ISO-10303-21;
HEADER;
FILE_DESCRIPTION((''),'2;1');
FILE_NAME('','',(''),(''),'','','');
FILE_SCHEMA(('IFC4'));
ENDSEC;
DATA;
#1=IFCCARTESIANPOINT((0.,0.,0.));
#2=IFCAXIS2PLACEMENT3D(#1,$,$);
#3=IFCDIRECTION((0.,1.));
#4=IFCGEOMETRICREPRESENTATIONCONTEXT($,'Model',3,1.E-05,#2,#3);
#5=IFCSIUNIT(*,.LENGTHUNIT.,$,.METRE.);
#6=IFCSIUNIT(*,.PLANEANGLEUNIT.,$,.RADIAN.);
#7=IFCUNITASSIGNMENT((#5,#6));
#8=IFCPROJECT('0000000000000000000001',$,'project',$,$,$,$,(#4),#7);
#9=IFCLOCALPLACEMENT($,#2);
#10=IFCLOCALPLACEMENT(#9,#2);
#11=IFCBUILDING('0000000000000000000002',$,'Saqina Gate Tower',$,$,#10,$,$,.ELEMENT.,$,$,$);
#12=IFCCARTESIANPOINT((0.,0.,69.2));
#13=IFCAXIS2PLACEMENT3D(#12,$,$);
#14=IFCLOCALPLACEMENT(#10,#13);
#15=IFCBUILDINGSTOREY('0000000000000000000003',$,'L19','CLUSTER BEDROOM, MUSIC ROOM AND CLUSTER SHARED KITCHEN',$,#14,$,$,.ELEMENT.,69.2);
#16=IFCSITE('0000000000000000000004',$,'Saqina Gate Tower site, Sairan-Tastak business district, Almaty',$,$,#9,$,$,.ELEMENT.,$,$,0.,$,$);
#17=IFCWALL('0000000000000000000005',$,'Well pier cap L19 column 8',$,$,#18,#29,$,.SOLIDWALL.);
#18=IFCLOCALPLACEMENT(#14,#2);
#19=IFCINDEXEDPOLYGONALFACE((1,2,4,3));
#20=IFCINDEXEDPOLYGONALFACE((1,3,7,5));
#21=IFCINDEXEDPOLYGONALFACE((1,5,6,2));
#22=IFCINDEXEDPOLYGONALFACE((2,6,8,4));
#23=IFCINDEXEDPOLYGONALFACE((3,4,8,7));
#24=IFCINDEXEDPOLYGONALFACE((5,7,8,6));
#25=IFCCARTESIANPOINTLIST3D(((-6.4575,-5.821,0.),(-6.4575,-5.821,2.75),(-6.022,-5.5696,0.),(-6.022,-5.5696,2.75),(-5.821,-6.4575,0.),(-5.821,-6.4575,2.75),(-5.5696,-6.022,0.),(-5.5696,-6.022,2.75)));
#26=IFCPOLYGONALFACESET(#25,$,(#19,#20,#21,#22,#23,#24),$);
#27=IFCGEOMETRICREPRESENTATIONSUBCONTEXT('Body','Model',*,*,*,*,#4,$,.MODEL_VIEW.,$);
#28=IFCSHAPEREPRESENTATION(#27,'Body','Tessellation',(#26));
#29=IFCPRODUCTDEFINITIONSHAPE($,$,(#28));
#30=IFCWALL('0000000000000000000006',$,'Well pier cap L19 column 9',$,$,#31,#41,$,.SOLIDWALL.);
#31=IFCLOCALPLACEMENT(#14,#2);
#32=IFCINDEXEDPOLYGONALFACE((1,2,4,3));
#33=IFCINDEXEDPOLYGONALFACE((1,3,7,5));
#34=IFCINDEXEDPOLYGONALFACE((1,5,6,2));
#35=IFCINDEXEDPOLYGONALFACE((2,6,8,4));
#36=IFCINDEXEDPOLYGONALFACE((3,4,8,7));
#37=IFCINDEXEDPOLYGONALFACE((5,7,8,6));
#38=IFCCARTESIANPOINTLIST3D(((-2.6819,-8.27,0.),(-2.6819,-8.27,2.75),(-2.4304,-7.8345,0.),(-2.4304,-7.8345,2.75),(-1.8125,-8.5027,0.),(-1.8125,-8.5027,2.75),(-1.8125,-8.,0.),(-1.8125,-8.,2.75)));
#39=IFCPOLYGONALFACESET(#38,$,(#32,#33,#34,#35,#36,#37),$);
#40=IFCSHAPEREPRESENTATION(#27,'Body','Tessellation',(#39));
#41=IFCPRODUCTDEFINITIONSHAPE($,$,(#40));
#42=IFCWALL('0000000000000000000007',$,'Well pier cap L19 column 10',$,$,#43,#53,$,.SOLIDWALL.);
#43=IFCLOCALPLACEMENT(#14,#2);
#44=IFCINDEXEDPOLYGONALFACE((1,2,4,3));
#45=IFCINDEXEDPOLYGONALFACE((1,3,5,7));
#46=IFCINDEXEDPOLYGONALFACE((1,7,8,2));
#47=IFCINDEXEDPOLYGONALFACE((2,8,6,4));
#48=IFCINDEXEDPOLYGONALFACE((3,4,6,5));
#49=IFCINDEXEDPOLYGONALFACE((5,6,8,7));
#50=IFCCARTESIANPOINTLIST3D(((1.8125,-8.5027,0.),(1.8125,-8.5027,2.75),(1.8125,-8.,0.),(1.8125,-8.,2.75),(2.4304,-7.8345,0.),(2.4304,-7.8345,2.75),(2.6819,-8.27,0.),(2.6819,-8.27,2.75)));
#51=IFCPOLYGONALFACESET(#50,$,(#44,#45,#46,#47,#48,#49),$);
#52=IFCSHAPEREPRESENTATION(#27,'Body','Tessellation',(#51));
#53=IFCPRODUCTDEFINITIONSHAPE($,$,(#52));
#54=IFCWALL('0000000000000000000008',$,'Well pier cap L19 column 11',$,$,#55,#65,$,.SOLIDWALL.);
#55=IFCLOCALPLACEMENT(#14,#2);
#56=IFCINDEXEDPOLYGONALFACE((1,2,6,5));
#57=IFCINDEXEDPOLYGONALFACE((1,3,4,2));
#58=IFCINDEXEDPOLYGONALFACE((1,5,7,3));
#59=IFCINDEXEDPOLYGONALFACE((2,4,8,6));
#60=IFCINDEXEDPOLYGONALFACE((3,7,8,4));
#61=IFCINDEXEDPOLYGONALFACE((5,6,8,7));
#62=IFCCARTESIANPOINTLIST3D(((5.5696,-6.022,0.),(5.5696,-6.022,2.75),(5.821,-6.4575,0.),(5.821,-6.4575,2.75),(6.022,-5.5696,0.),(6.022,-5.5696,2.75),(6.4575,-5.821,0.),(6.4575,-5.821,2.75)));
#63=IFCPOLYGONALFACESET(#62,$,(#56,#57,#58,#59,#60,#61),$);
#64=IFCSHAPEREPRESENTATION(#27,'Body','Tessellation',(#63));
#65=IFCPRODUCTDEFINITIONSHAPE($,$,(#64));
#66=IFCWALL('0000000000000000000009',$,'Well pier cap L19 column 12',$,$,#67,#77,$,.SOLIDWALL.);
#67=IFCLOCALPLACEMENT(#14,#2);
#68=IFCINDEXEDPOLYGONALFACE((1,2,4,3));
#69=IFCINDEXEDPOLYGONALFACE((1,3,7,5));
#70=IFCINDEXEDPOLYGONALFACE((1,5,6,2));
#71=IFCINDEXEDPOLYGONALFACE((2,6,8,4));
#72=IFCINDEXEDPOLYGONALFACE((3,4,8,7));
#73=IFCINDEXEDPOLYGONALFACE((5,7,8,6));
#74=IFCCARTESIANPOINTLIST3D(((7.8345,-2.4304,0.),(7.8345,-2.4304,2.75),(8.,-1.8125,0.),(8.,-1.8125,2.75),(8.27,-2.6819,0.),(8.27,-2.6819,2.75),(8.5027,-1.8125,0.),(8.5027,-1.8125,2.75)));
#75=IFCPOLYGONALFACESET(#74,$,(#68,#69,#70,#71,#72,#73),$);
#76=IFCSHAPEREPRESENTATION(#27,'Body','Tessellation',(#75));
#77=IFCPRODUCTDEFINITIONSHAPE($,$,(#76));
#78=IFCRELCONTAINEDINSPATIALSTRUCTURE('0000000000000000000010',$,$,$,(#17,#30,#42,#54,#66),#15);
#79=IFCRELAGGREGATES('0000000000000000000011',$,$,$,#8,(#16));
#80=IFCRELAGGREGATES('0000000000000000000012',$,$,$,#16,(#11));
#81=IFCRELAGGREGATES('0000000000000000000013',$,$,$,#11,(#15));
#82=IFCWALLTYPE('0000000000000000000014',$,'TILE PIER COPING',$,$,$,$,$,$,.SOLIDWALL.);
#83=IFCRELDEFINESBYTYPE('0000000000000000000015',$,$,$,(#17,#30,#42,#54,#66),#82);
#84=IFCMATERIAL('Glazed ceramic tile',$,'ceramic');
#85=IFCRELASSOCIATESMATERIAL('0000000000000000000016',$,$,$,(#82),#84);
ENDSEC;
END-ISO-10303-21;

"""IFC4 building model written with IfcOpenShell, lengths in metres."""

from ifc_helpers import new_model, si_unit, direction, frame, origin, place, context, subcontext, project, spatial, polyline, outline, extrude, material, type_object, element, save


model = new_model("IFC4")

# Units and contexts
model_context = context("Model", 3, precision=1e-05, world=origin(), true_north=direction((0.0, 1.0)))
body_context = subcontext(model_context, "Body", "Model", "MODEL_VIEW")
ifc_project = project(units=[si_unit("LENGTHUNIT", "METRE"), si_unit("PLANEANGLEUNIT", "RADIAN")], contexts=[model_context])

# Site, building, storey
site_placement = place(None, origin())
site = spatial("IfcSite", under=ifc_project, at=site_placement, Name="Saqina Gate Tower site, Sairan-Tastak business district, Almaty", CompositionType="ELEMENT", RefElevation=0.0)
building_placement = place(site_placement, origin())
building = spatial("IfcBuilding", under=site, at=building_placement, Name="Saqina Gate Tower", CompositionType="ELEMENT")
storey_placement = place(building_placement, frame((0.0, 0.0, 69.2)))
storey = spatial("IfcBuildingStorey", under=building, at=storey_placement, Name="L19", Description="CLUSTER BEDROOM, MUSIC ROOM AND CLUSTER SHARED KITCHEN", CompositionType="ELEMENT", Elevation=69.2)

# Walls
ifc_material_1 = material(Name="Glazed ceramic tile", Category="ceramic")
wall_type_1 = type_object("IfcWallType", Name="TILE PIER COPING", PredefinedType="SOLIDWALL", material=ifc_material_1)
wall_1_placement = place(storey_placement, origin())
element("IfcWall", 1, at=wall_1_placement, inside=storey, type_object=wall_type_1, Name="Well pier cap L19 column 8", PredefinedType="SOLIDWALL", context=body_context, shape_type="SweptSolid", body=[
    extrude(outline(polyline([(-6.4575, -5.821), (-5.821, -6.4575), (-5.5696, -6.022), (-6.022, -5.5696), (-6.4575, -5.821)])), origin(), (0.0, 0.0, 1.0), 2.75),
])
wall_2_placement = place(storey_placement, origin())
element("IfcWall", 2, at=wall_2_placement, inside=storey, type_object=wall_type_1, Name="Well pier cap L19 column 9", PredefinedType="SOLIDWALL", context=body_context, shape_type="SweptSolid", body=[
    extrude(outline(polyline([(-1.8125, -8.5027), (-1.8125, -8.0), (-2.4304, -7.8345), (-2.6819, -8.27), (-1.8125, -8.5027)])), origin(), (0.0, 0.0, 1.0), 2.75),
])
wall_3_placement = place(storey_placement, origin())
element("IfcWall", 3, at=wall_3_placement, inside=storey, type_object=wall_type_1, Name="Well pier cap L19 column 10", PredefinedType="SOLIDWALL", context=body_context, shape_type="SweptSolid", body=[
    extrude(outline(polyline([(2.6819, -8.27), (2.4304, -7.8345), (1.8125, -8.0), (1.8125, -8.5027), (2.6819, -8.27)])), origin(), (0.0, 0.0, 1.0), 2.75),
])
wall_4_placement = place(storey_placement, origin())
element("IfcWall", 4, at=wall_4_placement, inside=storey, type_object=wall_type_1, Name="Well pier cap L19 column 11", PredefinedType="SOLIDWALL", context=body_context, shape_type="SweptSolid", body=[
    extrude(outline(polyline([(5.821, -6.4575), (6.4575, -5.821), (6.022, -5.5696), (5.5696, -6.022), (5.821, -6.4575)])), origin(), (0.0, 0.0, 1.0), 2.75),
])
wall_5_placement = place(storey_placement, origin())
element("IfcWall", 5, at=wall_5_placement, inside=storey, type_object=wall_type_1, Name="Well pier cap L19 column 12", PredefinedType="SOLIDWALL", context=body_context, shape_type="SweptSolid", body=[
    extrude(outline(polyline([(8.5027, -1.8125), (8.0, -1.8125), (7.8345, -2.4304), (8.27, -2.6819), (8.5027, -1.8125)])), origin(), (0.0, 0.0, 1.0), 2.75),
])

save(model, "model.ifc")
